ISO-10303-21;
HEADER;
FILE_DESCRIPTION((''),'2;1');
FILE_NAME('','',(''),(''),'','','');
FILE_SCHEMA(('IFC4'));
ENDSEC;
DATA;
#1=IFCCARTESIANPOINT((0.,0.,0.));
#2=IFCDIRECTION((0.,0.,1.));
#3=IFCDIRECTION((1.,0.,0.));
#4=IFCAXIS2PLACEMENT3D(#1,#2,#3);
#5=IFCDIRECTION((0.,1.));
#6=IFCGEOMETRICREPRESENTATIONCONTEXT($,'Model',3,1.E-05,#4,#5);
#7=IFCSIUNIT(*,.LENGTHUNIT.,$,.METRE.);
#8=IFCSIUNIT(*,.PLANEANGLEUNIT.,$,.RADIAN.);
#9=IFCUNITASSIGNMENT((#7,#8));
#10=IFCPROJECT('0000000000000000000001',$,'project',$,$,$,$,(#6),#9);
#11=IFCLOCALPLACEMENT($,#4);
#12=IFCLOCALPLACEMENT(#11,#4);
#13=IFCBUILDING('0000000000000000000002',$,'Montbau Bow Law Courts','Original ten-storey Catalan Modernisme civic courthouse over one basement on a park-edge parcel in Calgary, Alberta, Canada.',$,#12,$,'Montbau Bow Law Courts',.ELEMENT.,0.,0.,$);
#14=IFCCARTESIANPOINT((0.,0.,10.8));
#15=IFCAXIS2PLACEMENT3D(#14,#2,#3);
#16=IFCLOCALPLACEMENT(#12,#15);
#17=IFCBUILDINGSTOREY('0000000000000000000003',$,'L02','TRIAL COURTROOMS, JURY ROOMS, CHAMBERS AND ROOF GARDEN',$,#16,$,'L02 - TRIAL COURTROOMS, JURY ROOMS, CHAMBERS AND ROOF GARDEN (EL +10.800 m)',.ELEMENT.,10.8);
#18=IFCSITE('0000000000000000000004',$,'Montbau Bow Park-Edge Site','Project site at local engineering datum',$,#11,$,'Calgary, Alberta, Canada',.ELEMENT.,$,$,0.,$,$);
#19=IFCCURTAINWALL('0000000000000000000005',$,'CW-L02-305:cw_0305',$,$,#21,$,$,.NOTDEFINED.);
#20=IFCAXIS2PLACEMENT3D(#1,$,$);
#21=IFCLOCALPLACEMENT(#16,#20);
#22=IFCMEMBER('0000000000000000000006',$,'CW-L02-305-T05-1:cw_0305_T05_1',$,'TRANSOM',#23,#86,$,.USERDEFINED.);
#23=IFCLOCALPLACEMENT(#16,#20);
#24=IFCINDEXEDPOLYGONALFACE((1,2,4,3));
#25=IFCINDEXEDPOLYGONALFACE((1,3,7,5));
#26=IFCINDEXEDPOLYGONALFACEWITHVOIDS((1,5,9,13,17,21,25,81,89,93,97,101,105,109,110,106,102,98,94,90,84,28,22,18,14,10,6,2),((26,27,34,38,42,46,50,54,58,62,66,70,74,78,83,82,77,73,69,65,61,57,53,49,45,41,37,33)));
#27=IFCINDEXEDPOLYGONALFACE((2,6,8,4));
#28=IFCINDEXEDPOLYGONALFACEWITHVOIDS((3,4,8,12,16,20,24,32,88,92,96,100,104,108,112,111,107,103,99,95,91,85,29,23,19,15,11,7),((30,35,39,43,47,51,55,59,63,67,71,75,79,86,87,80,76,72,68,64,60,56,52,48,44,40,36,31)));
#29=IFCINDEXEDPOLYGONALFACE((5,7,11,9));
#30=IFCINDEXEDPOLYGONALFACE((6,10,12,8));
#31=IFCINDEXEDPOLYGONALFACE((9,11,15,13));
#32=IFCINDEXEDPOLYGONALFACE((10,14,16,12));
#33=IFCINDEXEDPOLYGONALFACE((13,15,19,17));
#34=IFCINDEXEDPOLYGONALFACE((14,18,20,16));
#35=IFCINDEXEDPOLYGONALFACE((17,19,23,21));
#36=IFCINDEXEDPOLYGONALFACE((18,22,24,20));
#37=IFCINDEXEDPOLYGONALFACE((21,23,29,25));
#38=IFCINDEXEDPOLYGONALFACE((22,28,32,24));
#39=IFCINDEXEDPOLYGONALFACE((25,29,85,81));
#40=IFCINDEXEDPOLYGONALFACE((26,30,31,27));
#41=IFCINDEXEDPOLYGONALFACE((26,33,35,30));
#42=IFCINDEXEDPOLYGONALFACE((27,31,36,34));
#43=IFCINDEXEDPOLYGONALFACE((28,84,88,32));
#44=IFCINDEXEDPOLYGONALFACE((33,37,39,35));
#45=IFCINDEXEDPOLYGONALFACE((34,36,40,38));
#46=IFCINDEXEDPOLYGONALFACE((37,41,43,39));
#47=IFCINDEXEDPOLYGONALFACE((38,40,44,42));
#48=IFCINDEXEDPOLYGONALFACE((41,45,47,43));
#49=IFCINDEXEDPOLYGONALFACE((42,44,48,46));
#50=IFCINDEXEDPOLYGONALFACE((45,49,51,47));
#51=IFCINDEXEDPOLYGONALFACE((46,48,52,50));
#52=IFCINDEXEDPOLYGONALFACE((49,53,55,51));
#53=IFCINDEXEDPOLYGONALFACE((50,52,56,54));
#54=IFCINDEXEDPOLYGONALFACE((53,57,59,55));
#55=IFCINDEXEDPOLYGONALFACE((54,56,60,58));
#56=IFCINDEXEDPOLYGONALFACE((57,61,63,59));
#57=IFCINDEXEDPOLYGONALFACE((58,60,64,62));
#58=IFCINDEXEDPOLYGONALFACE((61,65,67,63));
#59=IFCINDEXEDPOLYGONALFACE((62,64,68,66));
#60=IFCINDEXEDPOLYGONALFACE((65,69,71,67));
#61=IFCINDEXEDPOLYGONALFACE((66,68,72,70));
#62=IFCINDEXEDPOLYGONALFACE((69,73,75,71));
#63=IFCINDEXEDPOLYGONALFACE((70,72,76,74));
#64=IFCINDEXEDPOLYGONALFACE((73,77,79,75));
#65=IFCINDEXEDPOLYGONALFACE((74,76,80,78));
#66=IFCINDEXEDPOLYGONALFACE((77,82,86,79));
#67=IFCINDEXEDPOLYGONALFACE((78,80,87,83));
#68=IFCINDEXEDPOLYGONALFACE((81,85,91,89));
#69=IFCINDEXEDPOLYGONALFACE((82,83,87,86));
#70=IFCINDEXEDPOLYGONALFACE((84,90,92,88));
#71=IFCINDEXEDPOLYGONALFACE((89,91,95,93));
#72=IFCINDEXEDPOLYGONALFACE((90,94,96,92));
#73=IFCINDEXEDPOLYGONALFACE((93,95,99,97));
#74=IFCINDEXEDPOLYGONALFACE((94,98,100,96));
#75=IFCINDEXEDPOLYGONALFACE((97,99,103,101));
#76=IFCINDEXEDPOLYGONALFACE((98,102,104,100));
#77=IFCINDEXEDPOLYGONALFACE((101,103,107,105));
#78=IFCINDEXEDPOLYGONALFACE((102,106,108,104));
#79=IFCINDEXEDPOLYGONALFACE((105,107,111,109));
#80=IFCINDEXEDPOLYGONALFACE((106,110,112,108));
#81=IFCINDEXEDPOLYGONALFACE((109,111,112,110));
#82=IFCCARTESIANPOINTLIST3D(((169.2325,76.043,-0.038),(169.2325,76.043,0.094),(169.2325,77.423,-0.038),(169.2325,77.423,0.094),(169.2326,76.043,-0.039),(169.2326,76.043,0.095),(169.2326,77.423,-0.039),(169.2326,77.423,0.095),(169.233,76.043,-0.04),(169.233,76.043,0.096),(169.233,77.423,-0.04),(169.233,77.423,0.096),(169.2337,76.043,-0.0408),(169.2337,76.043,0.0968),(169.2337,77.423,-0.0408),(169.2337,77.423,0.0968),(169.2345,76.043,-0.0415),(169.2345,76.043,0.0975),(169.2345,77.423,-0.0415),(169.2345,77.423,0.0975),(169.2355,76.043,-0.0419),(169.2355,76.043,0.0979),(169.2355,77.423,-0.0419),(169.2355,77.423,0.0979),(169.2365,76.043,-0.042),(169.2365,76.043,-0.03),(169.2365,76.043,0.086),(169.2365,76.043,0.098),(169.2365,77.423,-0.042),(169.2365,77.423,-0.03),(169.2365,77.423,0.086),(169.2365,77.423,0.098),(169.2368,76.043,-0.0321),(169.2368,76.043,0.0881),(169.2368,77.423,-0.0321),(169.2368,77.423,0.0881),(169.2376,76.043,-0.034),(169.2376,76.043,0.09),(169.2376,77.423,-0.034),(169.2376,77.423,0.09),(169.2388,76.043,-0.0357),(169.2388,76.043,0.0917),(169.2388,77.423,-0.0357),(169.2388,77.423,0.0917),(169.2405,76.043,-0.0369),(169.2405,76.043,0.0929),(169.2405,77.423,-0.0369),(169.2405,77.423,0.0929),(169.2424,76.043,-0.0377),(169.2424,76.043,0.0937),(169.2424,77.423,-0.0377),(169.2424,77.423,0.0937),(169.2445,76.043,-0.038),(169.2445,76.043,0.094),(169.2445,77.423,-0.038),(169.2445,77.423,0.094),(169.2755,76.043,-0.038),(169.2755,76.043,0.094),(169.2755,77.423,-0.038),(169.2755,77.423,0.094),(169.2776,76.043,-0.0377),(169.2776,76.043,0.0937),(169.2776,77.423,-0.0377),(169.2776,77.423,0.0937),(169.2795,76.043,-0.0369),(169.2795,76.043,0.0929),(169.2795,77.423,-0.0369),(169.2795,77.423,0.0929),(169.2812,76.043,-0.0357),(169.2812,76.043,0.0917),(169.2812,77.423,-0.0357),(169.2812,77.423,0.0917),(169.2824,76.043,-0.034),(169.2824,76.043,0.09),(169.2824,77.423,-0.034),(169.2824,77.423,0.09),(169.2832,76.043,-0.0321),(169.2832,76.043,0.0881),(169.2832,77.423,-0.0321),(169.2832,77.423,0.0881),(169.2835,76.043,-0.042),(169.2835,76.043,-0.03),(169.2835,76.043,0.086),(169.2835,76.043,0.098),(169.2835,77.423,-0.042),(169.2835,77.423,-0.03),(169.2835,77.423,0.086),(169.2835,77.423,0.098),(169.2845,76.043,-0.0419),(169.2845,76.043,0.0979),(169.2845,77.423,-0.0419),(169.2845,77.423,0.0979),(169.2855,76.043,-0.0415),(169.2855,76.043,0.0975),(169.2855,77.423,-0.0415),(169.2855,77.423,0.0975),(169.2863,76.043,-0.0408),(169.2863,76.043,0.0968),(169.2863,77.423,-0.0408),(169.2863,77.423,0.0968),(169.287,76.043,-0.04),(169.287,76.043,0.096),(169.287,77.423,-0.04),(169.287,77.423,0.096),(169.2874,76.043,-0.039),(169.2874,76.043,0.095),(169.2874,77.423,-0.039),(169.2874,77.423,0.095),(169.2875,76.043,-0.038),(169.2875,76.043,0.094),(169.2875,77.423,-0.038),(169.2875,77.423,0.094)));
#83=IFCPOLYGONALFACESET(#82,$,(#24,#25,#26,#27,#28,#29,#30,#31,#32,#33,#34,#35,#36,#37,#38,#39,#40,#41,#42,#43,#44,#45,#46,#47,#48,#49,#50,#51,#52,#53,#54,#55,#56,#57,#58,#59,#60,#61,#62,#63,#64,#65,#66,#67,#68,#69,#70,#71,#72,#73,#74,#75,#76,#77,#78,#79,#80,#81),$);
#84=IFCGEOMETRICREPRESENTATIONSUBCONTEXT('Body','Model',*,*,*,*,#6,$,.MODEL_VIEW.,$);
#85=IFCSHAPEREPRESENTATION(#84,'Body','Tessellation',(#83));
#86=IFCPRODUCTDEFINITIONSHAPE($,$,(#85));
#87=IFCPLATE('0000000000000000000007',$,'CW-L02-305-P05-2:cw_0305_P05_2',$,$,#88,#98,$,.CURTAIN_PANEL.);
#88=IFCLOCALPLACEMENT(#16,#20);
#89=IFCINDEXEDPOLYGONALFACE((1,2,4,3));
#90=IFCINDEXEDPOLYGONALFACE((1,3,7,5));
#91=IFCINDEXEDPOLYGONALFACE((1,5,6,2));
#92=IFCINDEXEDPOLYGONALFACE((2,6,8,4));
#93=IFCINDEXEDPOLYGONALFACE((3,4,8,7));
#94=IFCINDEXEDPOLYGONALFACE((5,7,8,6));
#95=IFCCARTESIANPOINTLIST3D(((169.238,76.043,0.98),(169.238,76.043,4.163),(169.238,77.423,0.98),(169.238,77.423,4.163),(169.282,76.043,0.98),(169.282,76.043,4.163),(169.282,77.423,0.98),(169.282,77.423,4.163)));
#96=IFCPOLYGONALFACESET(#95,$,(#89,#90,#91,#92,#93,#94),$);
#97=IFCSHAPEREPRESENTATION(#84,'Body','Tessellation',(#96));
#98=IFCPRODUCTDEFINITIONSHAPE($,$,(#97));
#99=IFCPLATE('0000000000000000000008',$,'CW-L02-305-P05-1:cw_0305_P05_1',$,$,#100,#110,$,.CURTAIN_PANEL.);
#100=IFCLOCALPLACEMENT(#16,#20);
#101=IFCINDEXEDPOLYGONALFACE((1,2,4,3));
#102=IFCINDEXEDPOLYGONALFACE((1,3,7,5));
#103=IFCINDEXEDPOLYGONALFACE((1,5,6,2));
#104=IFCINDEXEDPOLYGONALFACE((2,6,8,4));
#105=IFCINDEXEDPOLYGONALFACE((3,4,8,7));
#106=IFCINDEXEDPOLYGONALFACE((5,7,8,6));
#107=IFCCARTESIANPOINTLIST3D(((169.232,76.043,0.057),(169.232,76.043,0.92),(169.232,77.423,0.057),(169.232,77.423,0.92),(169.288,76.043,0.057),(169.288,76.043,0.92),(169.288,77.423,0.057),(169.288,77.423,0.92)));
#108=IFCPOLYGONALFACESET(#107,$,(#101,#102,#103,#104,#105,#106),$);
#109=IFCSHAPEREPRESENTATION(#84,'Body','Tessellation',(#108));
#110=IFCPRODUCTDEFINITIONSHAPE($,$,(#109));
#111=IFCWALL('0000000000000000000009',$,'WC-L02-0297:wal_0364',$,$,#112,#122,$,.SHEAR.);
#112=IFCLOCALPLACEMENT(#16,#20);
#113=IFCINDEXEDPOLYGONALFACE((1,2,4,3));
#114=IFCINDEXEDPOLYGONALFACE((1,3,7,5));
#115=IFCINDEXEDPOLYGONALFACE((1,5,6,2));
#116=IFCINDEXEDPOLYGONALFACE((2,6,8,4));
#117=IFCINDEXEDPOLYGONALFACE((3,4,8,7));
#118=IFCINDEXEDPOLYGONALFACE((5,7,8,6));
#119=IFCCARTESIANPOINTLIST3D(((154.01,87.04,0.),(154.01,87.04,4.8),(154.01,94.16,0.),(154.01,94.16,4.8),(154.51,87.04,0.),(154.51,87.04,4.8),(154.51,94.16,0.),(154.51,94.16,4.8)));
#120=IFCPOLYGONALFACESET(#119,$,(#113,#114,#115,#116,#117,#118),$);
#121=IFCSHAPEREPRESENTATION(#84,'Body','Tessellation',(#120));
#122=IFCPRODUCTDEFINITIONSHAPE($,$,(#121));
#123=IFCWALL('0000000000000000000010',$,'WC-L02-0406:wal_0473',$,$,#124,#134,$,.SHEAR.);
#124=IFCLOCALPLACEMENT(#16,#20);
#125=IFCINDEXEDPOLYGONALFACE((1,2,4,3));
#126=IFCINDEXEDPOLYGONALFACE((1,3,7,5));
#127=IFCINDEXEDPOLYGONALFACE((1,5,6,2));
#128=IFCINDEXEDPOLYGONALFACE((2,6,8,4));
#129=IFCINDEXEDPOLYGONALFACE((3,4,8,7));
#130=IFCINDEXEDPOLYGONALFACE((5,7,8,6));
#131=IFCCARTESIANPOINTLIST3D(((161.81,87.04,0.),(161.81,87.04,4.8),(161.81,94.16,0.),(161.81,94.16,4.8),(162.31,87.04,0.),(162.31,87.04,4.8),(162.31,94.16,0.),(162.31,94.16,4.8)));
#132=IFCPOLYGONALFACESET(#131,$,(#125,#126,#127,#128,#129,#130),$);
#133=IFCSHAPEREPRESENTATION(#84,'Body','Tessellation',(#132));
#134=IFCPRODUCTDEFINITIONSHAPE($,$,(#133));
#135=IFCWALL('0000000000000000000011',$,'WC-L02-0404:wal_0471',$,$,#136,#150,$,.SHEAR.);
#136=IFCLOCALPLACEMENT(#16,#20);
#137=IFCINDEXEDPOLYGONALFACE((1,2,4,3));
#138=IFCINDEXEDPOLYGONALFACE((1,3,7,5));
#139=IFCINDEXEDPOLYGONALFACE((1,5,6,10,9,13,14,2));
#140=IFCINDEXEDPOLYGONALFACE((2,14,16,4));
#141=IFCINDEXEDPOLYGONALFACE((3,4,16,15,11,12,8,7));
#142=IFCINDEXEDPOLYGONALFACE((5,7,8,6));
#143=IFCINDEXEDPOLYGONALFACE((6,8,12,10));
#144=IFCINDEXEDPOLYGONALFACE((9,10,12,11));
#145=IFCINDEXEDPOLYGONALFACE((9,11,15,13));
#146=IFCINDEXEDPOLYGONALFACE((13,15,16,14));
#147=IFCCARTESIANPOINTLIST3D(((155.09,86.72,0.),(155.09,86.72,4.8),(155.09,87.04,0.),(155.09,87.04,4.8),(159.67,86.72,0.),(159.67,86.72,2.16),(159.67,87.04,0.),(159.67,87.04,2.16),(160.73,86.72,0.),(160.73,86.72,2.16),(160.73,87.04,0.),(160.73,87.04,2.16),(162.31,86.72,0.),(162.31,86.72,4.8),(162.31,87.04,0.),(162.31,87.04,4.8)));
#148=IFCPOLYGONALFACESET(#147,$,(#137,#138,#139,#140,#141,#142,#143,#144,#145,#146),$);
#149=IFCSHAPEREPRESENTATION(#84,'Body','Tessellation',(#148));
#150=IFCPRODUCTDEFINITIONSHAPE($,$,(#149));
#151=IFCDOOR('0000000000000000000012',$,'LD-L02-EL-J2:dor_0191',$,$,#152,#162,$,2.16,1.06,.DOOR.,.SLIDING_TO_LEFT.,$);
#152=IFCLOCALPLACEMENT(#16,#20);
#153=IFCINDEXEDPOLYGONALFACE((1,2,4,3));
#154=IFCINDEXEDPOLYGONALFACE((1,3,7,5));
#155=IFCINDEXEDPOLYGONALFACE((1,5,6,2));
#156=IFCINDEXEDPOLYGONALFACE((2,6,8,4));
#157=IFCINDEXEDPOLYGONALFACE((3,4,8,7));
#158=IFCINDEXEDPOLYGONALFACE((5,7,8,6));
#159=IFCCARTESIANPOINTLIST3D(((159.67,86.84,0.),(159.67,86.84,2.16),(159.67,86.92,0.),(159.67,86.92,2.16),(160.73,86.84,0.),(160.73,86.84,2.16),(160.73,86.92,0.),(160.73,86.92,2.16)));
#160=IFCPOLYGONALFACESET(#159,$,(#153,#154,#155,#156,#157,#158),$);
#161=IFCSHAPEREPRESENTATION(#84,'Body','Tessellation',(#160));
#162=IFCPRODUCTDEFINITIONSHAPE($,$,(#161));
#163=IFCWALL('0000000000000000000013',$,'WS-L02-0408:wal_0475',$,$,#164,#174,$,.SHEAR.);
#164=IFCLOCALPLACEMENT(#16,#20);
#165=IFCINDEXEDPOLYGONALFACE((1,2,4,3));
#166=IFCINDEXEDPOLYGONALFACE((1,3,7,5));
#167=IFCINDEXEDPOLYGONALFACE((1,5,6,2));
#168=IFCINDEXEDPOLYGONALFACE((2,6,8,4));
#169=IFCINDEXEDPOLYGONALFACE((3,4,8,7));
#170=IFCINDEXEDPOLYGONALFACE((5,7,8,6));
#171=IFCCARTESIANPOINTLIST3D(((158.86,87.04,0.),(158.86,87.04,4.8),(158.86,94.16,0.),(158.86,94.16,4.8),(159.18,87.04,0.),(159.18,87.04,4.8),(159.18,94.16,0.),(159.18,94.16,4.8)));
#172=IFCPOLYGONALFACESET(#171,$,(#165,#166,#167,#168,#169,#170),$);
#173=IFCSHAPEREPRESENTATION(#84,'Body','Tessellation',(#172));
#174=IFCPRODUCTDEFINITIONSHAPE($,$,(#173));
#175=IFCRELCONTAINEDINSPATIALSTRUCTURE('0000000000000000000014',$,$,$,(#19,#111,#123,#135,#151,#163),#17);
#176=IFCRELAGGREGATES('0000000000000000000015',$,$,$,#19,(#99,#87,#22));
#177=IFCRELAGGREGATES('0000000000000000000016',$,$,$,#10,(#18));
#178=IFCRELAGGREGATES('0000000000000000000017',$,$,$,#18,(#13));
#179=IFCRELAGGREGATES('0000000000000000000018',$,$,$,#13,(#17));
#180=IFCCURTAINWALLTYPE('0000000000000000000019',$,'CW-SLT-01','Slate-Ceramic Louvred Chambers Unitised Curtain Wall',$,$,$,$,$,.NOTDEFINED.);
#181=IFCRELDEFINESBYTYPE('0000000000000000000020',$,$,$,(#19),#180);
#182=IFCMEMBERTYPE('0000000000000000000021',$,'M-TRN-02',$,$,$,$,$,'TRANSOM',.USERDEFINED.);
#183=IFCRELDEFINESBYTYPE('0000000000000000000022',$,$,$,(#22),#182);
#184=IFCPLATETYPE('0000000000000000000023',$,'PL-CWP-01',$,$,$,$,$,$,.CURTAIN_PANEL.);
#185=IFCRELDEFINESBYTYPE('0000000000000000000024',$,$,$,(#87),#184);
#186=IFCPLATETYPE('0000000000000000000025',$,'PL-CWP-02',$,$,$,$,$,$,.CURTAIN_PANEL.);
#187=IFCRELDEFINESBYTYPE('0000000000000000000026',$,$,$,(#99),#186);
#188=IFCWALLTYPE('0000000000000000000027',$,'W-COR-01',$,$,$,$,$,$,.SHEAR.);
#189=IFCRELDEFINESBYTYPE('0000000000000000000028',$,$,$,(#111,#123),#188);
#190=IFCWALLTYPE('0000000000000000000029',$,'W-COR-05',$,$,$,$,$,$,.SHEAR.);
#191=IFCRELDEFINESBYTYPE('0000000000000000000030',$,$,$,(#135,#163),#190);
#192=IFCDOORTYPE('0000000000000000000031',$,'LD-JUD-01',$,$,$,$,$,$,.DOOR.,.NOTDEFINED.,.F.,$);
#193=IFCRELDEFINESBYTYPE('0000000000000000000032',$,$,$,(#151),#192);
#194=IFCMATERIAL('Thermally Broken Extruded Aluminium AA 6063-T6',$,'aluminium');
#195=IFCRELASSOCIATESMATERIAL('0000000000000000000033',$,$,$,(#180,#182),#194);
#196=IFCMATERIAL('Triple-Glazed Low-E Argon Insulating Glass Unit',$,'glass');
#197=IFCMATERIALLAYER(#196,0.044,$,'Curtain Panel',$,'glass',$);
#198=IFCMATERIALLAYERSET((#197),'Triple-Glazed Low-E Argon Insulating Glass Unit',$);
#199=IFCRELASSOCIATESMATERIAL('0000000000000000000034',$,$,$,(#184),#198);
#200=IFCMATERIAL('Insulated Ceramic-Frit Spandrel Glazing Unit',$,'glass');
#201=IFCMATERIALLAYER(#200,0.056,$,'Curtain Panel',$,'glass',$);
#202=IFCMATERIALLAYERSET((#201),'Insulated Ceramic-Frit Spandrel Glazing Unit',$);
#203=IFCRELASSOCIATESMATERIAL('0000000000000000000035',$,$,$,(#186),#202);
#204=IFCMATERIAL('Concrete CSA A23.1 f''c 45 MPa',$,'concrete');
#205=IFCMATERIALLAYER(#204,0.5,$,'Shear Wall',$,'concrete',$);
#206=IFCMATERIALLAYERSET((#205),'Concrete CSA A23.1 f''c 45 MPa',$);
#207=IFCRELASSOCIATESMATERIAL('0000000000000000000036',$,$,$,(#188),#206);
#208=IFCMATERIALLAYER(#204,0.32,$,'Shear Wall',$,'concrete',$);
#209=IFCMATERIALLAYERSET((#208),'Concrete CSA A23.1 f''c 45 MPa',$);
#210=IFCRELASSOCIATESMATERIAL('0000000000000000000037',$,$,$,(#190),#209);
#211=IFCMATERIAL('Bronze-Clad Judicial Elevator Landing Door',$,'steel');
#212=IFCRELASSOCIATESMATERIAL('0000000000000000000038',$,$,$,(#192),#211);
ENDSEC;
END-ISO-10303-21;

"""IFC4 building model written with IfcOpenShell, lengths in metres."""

from ifc_helpers import new_model, si_unit, direction, frame, frame_2d, origin_with_axes, origin_2d_with_axis, place, context, subcontext, project, spatial, rectangle, hollow_rectangle, extrude, material, layer, layer_set, material_profile, profile_set, type_object, element, fill, aggregate, save


model = new_model("IFC4")

# Units and contexts
model_context = context("Model", 3, precision=1e-05, world=origin_with_axes(), true_north=direction((0.0, 1.0)))
body_context = subcontext(model_context, "Body", "Model", "MODEL_VIEW")
ifc_project = project(units=[si_unit("LENGTHUNIT", "METRE"), si_unit("PLANEANGLEUNIT", "RADIAN")], contexts=[model_context])

# Site, building, storey
site_placement = place(None, origin_with_axes())
site = spatial("IfcSite", under=ifc_project, at=site_placement, Name="Montbau Bow Park-Edge Site", Description="Project site at local engineering datum", LongName="Calgary, Alberta, Canada", CompositionType="ELEMENT", RefElevation=0.0)
building_placement = place(site_placement, origin_with_axes())
building = spatial("IfcBuilding", under=site, at=building_placement, Name="Montbau Bow Law Courts", Description="Original ten-storey Catalan Modernisme civic courthouse over one basement on a park-edge parcel in Calgary, Alberta, Canada.", LongName="Montbau Bow Law Courts", CompositionType="ELEMENT", ElevationOfRefHeight=0.0, ElevationOfTerrain=0.0)
storey_placement = place(building_placement, frame((0.0, 0.0, 10.8), z_axis=(0.0, 0.0, 1.0), x_axis=(1.0, 0.0, 0.0)))
storey = spatial("IfcBuildingStorey", under=building, at=storey_placement, Name="L02", Description="TRIAL COURTROOMS, JURY ROOMS, CHAMBERS AND ROOF GARDEN", LongName="L02 - TRIAL COURTROOMS, JURY ROOMS, CHAMBERS AND ROOF GARDEN (EL +10.800 m)", CompositionType="ELEMENT", Elevation=10.8)

# Shared definitions
ifc_material_1 = material(Name="Concrete CSA A23.1 f'c 45 MPa", Category="concrete")

# Curtain wall, member, plates
ifc_material_2 = material(Name="Thermally Broken Extruded Aluminium AA 6063-T6", Category="aluminium")
curtain_wall_type = type_object("IfcCurtainWallType", Name="CW-SLT-01", Description="Slate-Ceramic Louvred Chambers Unitised Curtain Wall", PredefinedType="NOTDEFINED", material=ifc_material_2)
curtain_wall_placement = place(None, frame((169.26, 70.115, 10.8), z_axis=(0.0, 0.0, 1.0), x_axis=(1.0, 0.0, 0.0)))
curtain_wall = element("IfcCurtainWall", 1, at=curtain_wall_placement, inside=storey, type_object=curtain_wall_type, Name="CW-L02-305:cw_0305", PredefinedType="NOTDEFINED")
ifc_material_profile_1 = material_profile(ifc_material_2, hollow_rectangle(XDim=0.055, YDim=0.14, WallThickness=0.004, InnerFilletRadius=0.008, OuterFilletRadius=0.004, at=origin_2d_with_axis()), Name="CWT-140X55", Category="Main", Priority=0)
ifc_profile_set_1 = profile_set([ifc_material_profile_1], Name="Thermally Broken Extruded Aluminium AA 6063-T6")
member_type_1 = type_object("IfcMemberType", Name="M-TRN-02", ElementType="TRANSOM", PredefinedType="USERDEFINED", material=ifc_profile_set_1)
member_1_placement = place(None, frame((169.26, 76.043, 10.828), z_axis=(0.0, 1.0, 0.0), x_axis=(-1.0, 0.0, 0.0)))
member_1 = element("IfcMember", 2, at=member_1_placement, type_object=member_type_1, Name="CW-L02-305-T05-1:cw_0305_T05_1", ObjectType="TRANSOM", PredefinedType="USERDEFINED", context=body_context, shape_type="SweptSolid", body=[
    extrude(hollow_rectangle(XDim=0.055, YDim=0.14, WallThickness=0.004, InnerFilletRadius=0.008, OuterFilletRadius=0.004, at=origin_2d_with_axis()), origin_with_axes(), (0.0, 0.0, 1.0), 1.38),
])
ifc_material_3 = material(Name="Triple-Glazed Low-E Argon Insulating Glass Unit", Category="glass")
ifc_layer_1 = layer(ifc_material_3, 0.044, Name="Curtain Panel", Category="glass")
ifc_layer_set_1 = layer_set([ifc_layer_1], Name="Triple-Glazed Low-E Argon Insulating Glass Unit")
plate_type_1 = type_object("IfcPlateType", Name="PL-CWP-01", PredefinedType="CURTAIN_PANEL", material=ifc_layer_set_1)
plate_1_placement = place(None, frame((169.26, 76.043, 11.78), z_axis=(1.0, 0.0, 0.0), x_axis=(0.0, 1.0, 0.0)))
plate_1 = element("IfcPlate", 3, at=plate_1_placement, type_object=plate_type_1, Name="CW-L02-305-P05-2:cw_0305_P05_2", PredefinedType="CURTAIN_PANEL", context=body_context, shape_type="SweptSolid", body=[
    extrude(rectangle(XDim=1.38, YDim=3.183, at=frame_2d((0.69, 1.5915), x_axis=(1.0, 0.0))), frame((0.0, 0.0, -0.022), z_axis=(0.0, 0.0, 1.0), x_axis=(1.0, 0.0, 0.0)), (0.0, 0.0, 1.0), 0.044),
])
ifc_material_4 = material(Name="Insulated Ceramic-Frit Spandrel Glazing Unit", Category="glass")
ifc_layer_2 = layer(ifc_material_4, 0.056, Name="Curtain Panel", Category="glass")
ifc_layer_set_2 = layer_set([ifc_layer_2], Name="Insulated Ceramic-Frit Spandrel Glazing Unit")
plate_type_2 = type_object("IfcPlateType", Name="PL-CWP-02", PredefinedType="CURTAIN_PANEL", material=ifc_layer_set_2)
plate_2_placement = place(None, frame((169.26, 76.043, 10.857), z_axis=(1.0, 0.0, 0.0), x_axis=(0.0, 1.0, 0.0)))
plate_2 = element("IfcPlate", 4, at=plate_2_placement, type_object=plate_type_2, Name="CW-L02-305-P05-1:cw_0305_P05_1", PredefinedType="CURTAIN_PANEL", context=body_context, shape_type="SweptSolid", body=[
    extrude(rectangle(XDim=1.38, YDim=0.863, at=frame_2d((0.69, 0.4315), x_axis=(1.0, 0.0))), frame((0.0, 0.0, -0.028), z_axis=(0.0, 0.0, 1.0), x_axis=(1.0, 0.0, 0.0)), (0.0, 0.0, 1.0), 0.056),
])
aggregate(curtain_wall, [plate_2, plate_1, member_1])

# Walls
ifc_layer_3 = layer(ifc_material_1, 0.5, Name="Shear Wall", Category="concrete")
ifc_layer_set_3 = layer_set([ifc_layer_3], Name="Concrete CSA A23.1 f'c 45 MPa")
wall_type_1 = type_object("IfcWallType", Name="W-COR-01", PredefinedType="SHEAR", material=ifc_layer_set_3)
for number, where, z_axis, x_axis, name in (
    (5, (154.26, 87.04, 10.8), (0.0, 0.0, 1.0), (0.0, 1.0, 0.0), "WC-L02-0297:wal_0364"),
    (6, (162.06, 87.04, 10.8), (0.0, 0.0, 1.0), (0.0, 1.0, 0.0), "WC-L02-0406:wal_0473"),
):
    element("IfcWall", number, at=place(None, frame(where, z_axis=z_axis, x_axis=x_axis)), inside=storey, type_object=wall_type_1, Name=name, PredefinedType="SHEAR", context=body_context, shape_type="SweptSolid", body=[
        extrude(rectangle(XDim=7.12, YDim=0.5, at=frame_2d((3.56, 0.0), x_axis=(1.0, 0.0))), origin_with_axes(), (0.0, 0.0, 1.0), 4.8),
    ])

# Wall, opening, door
ifc_layer_4 = layer(ifc_material_1, 0.32, Name="Shear Wall", Category="concrete")
ifc_layer_set_4 = layer_set([ifc_layer_4], Name="Concrete CSA A23.1 f'c 45 MPa")
wall_type_2 = type_object("IfcWallType", Name="W-COR-05", PredefinedType="SHEAR", material=ifc_layer_set_4)
wall_1_placement = place(None, frame((155.09, 86.88, 10.8), z_axis=(0.0, 0.0, 1.0), x_axis=(1.0, 0.0, 0.0)))
wall_1 = element("IfcWall", 7, at=wall_1_placement, inside=storey, type_object=wall_type_2, Name="WC-L02-0404:wal_0471", PredefinedType="SHEAR", context=body_context, shape_type="SweptSolid", body=[
    extrude(rectangle(XDim=7.22, YDim=0.32, at=frame_2d((3.61, 0.0), x_axis=(1.0, 0.0))), origin_with_axes(), (0.0, 0.0, 1.0), 4.8),
])
opening_placement = place(None, frame((160.2, 86.88, 10.8), z_axis=(0.0, 0.0, 1.0), x_axis=(1.0, 0.0, 0.0)))
opening = element("IfcOpeningElement", 8, at=opening_placement, cuts=wall_1, PredefinedType="OPENING", context=body_context, shape_type="SweptSolid", body=[
    extrude(rectangle(XDim=1.06, YDim=2.16, at=frame_2d((0.0, 1.08), x_axis=(1.0, 0.0))), frame((0.0, 0.17, 0.0), z_axis=(0.0, -1.0, 0.0), x_axis=(1.0, 0.0, 0.0)), (0.0, 0.0, 1.0), 0.34),
])
ifc_material_5 = material(Name="Bronze-Clad Judicial Elevator Landing Door", Category="steel")
door_type = type_object("IfcDoorType", Name="LD-JUD-01", OperationType="NOTDEFINED", ParameterTakesPrecedence=False, PredefinedType="DOOR", material=ifc_material_5)
door_placement = place(None, frame((160.2, 86.88, 10.8), z_axis=(0.0, 0.0, 1.0), x_axis=(-1.0, 0.0, 0.0)))
door = element("IfcDoor", 9, at=door_placement, inside=storey, type_object=door_type, Name="LD-L02-EL-J2:dor_0191", OperationType="SLIDING_TO_LEFT", OverallHeight=2.16, OverallWidth=1.06, PredefinedType="DOOR", context=body_context, shape_type="SweptSolid", body=[
    extrude(rectangle(XDim=1.06, YDim=2.16, at=frame_2d((0.0, 1.08), x_axis=(1.0, 0.0))), frame((0.0, 0.04, 0.0), z_axis=(0.0, -1.0, 0.0), x_axis=(1.0, 0.0, 0.0)), (0.0, 0.0, 1.0), 0.08),
])
fill(opening, door)

# Wall
wall_2_placement = place(None, frame((159.02, 87.04, 10.8), z_axis=(0.0, 0.0, 1.0), x_axis=(0.0, 1.0, 0.0)))
element("IfcWall", 10, at=wall_2_placement, inside=storey, type_object=wall_type_2, Name="WS-L02-0408:wal_0475", PredefinedType="SHEAR", context=body_context, shape_type="SweptSolid", body=[
    extrude(rectangle(XDim=7.12, YDim=0.32, at=frame_2d((3.56, 0.0), x_axis=(1.0, 0.0))), origin_with_axes(), (0.0, 0.0, 1.0), 4.8),
])

save(model, "model.ifc")
